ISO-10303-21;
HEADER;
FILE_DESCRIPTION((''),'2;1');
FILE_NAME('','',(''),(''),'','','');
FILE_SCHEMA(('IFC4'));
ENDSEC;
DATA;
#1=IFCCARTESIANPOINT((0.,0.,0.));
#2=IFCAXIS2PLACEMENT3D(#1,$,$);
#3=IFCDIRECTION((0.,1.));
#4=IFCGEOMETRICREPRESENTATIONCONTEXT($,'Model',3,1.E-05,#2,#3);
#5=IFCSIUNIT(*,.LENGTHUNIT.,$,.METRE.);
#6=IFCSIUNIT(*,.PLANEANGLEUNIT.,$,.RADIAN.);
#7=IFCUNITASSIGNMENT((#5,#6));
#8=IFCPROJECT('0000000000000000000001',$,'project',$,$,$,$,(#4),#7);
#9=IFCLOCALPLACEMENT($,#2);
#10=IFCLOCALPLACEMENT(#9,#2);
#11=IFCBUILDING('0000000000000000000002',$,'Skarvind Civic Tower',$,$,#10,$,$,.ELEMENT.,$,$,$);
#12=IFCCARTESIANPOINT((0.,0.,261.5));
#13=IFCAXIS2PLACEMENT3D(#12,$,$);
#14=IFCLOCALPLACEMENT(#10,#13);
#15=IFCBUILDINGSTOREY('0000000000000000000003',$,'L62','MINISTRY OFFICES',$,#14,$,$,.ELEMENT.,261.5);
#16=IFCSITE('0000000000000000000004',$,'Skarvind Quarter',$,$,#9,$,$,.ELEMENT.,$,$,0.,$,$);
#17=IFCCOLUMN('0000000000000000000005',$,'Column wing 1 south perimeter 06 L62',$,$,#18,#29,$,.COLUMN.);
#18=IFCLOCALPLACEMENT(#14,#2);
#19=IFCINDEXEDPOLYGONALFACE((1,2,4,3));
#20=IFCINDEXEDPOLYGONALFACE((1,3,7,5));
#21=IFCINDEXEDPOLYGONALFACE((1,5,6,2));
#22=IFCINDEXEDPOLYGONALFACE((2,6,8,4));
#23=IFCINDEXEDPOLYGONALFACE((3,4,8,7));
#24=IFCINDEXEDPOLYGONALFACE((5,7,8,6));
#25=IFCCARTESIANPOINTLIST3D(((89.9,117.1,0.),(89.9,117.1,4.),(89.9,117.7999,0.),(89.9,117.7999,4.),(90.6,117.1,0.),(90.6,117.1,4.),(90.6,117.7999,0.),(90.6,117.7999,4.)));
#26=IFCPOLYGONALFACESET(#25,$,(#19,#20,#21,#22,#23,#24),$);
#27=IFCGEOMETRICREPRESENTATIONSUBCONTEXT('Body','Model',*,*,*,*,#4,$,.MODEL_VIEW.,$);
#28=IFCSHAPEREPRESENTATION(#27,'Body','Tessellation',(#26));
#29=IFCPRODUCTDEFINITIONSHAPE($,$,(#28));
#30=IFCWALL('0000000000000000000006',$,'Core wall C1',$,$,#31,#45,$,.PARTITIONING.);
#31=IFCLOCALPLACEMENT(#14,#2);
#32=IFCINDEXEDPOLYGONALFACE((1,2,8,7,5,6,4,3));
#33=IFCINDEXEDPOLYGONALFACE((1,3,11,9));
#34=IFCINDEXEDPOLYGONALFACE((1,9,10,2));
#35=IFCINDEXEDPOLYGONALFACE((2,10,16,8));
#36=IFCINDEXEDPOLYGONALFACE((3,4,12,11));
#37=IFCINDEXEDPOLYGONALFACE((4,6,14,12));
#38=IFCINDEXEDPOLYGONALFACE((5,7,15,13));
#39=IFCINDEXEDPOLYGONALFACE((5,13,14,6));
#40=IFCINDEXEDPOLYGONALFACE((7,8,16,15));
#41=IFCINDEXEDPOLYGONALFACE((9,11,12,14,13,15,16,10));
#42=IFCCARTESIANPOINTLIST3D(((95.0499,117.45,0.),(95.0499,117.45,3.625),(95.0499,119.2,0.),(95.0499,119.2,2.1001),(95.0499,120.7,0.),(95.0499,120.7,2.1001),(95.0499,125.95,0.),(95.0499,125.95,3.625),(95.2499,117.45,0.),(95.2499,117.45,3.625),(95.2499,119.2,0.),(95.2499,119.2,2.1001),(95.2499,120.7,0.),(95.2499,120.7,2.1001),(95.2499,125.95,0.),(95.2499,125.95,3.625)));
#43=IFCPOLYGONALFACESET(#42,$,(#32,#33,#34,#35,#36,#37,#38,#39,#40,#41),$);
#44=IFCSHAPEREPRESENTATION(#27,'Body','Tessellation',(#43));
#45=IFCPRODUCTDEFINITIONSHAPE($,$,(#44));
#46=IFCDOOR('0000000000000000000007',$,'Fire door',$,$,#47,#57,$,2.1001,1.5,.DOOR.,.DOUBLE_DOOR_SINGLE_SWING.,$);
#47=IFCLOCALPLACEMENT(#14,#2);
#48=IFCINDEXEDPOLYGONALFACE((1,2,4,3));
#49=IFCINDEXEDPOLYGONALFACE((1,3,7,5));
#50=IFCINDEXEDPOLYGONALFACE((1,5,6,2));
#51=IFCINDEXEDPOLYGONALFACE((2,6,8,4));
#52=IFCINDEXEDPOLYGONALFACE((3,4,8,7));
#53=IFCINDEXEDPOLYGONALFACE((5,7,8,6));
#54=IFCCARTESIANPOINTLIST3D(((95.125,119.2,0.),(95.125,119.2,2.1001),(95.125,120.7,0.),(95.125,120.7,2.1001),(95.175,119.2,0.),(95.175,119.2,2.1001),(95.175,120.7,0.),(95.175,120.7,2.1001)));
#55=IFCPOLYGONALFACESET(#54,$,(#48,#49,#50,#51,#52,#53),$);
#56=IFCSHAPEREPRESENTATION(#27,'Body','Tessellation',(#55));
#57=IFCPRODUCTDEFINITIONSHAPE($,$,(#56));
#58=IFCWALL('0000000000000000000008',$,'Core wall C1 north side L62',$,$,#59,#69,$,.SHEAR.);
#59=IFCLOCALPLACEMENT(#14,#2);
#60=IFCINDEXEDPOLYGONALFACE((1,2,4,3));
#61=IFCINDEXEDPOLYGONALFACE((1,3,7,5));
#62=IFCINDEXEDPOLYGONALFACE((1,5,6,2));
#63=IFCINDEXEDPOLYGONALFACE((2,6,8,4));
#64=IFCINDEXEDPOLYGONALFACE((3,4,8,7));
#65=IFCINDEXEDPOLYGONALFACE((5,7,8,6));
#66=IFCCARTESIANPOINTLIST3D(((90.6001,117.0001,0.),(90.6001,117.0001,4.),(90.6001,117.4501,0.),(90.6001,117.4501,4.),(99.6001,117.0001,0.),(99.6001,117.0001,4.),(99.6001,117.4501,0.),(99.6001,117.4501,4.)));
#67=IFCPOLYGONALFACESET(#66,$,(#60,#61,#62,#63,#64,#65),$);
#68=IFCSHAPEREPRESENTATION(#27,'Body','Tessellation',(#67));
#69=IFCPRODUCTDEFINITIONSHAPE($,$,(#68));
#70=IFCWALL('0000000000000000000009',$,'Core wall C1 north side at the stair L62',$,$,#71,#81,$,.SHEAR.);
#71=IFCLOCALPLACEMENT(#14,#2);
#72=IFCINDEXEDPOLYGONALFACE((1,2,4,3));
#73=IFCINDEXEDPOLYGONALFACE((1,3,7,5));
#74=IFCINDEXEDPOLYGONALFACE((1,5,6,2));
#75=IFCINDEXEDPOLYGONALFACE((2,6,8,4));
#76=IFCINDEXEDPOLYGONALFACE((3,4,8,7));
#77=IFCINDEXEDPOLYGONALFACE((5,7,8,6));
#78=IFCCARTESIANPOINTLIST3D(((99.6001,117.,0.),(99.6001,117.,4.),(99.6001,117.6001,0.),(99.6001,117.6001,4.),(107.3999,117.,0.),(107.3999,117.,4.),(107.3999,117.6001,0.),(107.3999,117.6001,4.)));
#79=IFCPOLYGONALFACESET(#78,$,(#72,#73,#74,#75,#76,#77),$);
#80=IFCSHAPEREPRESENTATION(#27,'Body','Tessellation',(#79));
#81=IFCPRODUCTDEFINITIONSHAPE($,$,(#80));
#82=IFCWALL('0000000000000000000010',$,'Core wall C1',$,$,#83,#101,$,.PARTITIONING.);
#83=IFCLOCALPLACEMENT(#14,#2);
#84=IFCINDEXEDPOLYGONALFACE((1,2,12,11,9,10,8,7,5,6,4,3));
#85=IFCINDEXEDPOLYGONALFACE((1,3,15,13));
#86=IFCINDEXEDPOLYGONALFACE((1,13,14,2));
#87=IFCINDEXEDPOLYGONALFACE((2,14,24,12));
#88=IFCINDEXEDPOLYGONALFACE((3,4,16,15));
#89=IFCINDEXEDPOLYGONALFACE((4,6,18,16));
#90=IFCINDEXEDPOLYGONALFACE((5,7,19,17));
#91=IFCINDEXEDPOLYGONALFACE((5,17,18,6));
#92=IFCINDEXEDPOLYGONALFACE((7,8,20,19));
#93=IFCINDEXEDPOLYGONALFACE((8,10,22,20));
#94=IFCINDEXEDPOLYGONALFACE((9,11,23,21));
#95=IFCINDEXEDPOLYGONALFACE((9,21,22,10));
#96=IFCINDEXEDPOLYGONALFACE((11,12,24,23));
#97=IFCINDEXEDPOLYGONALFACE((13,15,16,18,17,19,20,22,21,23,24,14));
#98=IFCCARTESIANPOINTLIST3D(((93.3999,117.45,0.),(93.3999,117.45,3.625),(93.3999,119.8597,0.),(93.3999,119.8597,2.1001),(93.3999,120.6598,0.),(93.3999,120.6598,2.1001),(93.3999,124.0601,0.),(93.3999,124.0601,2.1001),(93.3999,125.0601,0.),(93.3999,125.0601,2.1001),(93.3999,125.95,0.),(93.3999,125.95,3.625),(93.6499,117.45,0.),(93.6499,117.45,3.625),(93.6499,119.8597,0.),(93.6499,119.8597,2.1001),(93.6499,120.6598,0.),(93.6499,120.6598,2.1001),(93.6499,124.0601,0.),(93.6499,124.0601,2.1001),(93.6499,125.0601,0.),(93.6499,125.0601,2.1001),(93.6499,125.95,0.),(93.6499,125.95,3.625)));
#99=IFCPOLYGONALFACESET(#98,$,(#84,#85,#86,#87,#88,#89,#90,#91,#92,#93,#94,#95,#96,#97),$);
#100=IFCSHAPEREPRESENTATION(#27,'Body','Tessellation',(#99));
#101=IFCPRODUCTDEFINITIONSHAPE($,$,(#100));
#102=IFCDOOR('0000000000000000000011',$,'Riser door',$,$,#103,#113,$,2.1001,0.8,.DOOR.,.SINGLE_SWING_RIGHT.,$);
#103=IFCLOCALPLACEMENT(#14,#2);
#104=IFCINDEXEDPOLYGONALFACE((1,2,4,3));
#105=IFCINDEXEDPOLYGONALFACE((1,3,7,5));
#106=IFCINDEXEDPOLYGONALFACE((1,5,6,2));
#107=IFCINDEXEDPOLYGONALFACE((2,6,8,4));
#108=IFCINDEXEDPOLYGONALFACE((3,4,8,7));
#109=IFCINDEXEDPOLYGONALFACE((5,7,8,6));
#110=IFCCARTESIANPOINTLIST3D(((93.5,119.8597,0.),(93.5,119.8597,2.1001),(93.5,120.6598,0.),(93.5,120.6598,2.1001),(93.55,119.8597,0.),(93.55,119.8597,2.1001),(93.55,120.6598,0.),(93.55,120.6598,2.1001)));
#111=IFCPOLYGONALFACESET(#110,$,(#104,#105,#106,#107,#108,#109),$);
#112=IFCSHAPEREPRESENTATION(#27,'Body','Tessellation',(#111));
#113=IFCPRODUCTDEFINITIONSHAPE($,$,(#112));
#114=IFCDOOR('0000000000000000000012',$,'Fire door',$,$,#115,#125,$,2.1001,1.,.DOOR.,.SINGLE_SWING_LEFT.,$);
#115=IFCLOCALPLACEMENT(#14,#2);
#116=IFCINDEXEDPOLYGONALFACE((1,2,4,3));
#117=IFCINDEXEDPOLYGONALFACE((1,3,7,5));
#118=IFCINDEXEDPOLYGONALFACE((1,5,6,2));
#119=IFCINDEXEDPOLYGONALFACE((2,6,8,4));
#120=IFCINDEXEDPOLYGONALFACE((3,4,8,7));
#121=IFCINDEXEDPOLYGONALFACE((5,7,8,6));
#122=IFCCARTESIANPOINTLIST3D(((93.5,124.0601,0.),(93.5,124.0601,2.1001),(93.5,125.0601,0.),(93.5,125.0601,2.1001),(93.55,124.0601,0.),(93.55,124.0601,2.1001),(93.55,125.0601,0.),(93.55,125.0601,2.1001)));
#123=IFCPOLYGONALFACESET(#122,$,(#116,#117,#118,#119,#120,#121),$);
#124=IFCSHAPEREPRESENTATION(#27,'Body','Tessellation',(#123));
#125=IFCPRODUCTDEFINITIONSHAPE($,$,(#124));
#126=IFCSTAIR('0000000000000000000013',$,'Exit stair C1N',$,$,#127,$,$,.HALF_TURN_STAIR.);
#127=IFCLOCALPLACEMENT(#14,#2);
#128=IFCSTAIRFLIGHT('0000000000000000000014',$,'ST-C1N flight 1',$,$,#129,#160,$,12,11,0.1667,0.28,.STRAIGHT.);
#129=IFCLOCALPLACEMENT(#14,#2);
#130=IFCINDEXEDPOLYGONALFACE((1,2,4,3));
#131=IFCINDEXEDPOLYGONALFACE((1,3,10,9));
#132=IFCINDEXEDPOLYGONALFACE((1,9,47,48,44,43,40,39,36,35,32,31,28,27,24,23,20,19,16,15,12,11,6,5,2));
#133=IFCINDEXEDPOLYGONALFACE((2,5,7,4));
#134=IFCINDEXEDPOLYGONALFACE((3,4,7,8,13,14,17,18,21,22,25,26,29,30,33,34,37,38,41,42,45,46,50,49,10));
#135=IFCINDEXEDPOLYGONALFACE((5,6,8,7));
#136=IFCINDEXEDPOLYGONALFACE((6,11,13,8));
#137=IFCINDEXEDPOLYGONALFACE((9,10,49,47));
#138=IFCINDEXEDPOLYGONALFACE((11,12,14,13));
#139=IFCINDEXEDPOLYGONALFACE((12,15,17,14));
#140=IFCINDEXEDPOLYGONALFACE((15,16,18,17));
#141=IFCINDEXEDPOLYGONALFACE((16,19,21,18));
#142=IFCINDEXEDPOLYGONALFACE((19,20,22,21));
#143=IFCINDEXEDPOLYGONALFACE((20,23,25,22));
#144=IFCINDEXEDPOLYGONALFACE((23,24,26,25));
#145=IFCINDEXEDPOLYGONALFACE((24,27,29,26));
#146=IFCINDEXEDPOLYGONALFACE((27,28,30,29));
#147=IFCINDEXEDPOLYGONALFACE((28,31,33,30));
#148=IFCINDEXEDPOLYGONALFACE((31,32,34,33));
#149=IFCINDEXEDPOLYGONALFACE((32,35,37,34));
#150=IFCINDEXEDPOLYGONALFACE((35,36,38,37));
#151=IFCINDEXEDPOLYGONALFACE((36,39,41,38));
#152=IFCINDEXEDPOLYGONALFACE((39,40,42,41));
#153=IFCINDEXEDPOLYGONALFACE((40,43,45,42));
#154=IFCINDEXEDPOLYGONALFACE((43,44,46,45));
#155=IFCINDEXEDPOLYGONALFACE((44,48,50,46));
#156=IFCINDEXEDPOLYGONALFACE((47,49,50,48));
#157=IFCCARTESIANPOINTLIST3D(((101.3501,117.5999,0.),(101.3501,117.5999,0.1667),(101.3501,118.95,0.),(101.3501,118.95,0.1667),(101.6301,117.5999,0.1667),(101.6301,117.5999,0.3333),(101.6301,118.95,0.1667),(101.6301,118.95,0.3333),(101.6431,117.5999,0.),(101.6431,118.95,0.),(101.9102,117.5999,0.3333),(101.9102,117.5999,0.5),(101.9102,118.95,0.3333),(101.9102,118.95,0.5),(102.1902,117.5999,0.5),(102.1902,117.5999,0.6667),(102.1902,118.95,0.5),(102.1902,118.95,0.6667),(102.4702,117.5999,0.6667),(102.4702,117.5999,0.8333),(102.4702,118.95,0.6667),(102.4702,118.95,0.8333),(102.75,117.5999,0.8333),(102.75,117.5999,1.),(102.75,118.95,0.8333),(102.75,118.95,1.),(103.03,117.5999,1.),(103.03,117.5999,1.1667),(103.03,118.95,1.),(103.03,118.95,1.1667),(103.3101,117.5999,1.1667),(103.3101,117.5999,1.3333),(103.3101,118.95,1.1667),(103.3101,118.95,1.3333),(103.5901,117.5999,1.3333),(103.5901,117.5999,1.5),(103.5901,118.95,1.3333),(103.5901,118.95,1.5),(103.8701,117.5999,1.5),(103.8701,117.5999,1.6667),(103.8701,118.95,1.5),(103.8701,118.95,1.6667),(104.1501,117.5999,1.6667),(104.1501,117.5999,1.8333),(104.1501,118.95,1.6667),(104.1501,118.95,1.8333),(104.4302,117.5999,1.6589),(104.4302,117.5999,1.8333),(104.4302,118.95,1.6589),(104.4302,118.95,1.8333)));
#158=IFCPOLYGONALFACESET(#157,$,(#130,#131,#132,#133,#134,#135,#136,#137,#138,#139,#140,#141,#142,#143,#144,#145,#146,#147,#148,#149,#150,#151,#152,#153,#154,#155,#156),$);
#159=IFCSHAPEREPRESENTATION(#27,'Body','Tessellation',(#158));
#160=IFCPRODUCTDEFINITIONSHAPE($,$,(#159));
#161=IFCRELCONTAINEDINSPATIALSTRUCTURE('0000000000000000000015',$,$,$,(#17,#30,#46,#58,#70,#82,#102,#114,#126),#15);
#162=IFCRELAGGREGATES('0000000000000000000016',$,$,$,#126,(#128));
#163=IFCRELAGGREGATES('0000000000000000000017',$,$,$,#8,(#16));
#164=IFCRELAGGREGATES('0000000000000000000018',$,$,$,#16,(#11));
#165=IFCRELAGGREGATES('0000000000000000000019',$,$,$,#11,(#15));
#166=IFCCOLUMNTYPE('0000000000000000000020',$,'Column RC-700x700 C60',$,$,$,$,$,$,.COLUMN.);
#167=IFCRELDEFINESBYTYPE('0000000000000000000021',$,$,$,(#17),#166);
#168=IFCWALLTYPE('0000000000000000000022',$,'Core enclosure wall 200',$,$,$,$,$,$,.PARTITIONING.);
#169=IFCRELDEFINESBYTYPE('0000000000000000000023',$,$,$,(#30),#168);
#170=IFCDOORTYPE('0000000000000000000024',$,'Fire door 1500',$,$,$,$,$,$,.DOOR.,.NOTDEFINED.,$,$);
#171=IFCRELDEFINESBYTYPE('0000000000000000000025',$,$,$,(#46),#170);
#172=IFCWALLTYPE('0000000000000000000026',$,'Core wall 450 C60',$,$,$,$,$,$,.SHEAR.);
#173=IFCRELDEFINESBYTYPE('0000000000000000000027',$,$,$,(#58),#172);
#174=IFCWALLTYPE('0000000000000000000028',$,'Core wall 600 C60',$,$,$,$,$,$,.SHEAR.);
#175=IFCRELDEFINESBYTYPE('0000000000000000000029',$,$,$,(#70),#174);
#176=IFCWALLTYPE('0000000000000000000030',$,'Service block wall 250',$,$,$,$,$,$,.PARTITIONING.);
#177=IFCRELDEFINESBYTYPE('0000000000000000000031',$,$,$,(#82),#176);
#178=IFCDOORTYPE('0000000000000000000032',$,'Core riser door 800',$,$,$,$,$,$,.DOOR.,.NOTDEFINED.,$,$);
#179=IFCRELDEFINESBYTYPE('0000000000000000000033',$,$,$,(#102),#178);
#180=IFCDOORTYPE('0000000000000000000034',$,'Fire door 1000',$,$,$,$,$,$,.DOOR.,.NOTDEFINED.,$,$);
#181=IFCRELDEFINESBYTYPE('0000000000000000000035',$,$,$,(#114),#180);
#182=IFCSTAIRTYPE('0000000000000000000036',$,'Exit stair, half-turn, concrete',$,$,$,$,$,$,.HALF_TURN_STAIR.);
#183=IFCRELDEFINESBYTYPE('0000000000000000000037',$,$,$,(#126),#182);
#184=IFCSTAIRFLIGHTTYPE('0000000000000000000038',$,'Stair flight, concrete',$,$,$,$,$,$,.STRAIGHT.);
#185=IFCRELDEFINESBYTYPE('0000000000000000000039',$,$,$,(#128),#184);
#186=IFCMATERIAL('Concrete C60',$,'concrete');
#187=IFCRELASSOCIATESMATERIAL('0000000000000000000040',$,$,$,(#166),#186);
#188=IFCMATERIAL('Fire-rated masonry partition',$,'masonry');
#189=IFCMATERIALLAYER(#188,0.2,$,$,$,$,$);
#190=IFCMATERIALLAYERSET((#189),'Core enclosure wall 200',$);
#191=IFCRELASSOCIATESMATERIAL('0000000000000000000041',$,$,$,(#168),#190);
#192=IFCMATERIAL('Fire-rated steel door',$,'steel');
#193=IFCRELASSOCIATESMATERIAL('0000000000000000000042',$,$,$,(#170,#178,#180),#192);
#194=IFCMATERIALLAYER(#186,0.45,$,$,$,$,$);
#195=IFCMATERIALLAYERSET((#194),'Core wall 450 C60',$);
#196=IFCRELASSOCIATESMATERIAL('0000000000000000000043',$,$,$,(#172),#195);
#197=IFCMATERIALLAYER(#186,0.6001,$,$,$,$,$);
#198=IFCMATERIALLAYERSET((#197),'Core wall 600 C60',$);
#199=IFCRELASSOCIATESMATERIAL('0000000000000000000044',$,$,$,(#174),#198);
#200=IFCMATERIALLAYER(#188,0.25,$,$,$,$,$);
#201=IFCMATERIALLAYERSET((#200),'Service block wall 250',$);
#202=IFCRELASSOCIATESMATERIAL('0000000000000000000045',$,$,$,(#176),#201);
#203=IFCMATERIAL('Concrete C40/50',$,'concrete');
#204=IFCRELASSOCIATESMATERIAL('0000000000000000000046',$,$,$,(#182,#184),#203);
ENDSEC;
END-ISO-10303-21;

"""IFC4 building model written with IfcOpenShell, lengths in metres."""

from ifc_helpers import new_model, si_unit, direction, frame, frame_2d, origin, origin_2d, place, context, subcontext, project, spatial, polyline, rectangle, outline, extrude, material, layer, layer_set, material_profile, profile_set, type_object, element, fill, aggregate, save


model = new_model("IFC4")

# Units and contexts
model_context = context("Model", 3, precision=1e-05, world=origin(), true_north=direction((0.0, 1.0)))
body_context = subcontext(model_context, "Body", "Model", "MODEL_VIEW")
ifc_project = project(units=[si_unit("LENGTHUNIT", "METRE"), si_unit("PLANEANGLEUNIT", "RADIAN")], contexts=[model_context])

# Site, building, storey
site_placement = place(None, origin())
site = spatial("IfcSite", under=ifc_project, at=site_placement, Name="Skarvind Quarter", CompositionType="ELEMENT", RefElevation=0.0)
building_placement = place(site_placement, origin())
building = spatial("IfcBuilding", under=site, at=building_placement, Name="Skarvind Civic Tower", CompositionType="ELEMENT")
storey_placement = place(building_placement, frame((0.0, 0.0, 261.5)))
storey = spatial("IfcBuildingStorey", under=building, at=storey_placement, Name="L62", Description="MINISTRY OFFICES", CompositionType="ELEMENT", Elevation=261.5)

# Column
ifc_material_1 = material(Name="Concrete C60", Category="concrete")
ifc_material_profile = material_profile(ifc_material_1, rectangle(XDim=0.7, YDim=0.7, at=origin_2d()), Name="RC-700x700")
ifc_profile_set = profile_set([ifc_material_profile], Name="Concrete C60")
column_type = type_object("IfcColumnType", Name="Column RC-700x700 C60", PredefinedType="COLUMN", material=ifc_profile_set)
column_placement = place(storey_placement, frame((90.25, 117.45, 0.0), z_axis=(0.0, 0.0, 1.0), x_axis=(1.0, 0.0, 0.0)))
element("IfcColumn", 1, at=column_placement, inside=storey, type_object=column_type, Name="Column wing 1 south perimeter 06 L62", PredefinedType="COLUMN", context=body_context, shape_type="SweptSolid", body=[
    extrude(rectangle(XDim=0.7, YDim=0.7, at=origin_2d()), origin(), (0.0, 0.0, 1.0), 4.0),
])

# Wall, opening, door
ifc_material_2 = material(Name="Fire-rated masonry partition", Category="masonry")
ifc_layer_1 = layer(ifc_material_2, 0.2)
ifc_layer_set_1 = layer_set([ifc_layer_1], Name="Core enclosure wall 200")
wall_type_1 = type_object("IfcWallType", Name="Core enclosure wall 200", PredefinedType="PARTITIONING", material=ifc_layer_set_1)
wall_1_placement = place(storey_placement, frame((95.1499, 117.45, 0.0), z_axis=(0.0, 0.0, 1.0), x_axis=(0.0, 1.0, 0.0)))
wall_1 = element("IfcWall", 2, at=wall_1_placement, inside=storey, type_object=wall_type_1, Name="Core wall C1", PredefinedType="PARTITIONING", context=body_context, shape_type="SweptSolid", body=[
    extrude(rectangle(XDim=8.5, YDim=0.2, at=frame_2d((4.25, 0.0))), origin(), (0.0, 0.0, 1.0), 3.625),
])
opening_1_placement = place(wall_1_placement, frame((1.75, 0.0, 0.0)))
opening_1 = element("IfcOpeningElement", 3, at=opening_1_placement, cuts=wall_1, PredefinedType="OPENING", context=body_context, shape_type="SweptSolid", body=[
    extrude(rectangle(XDim=1.5, YDim=2.1001, at=frame_2d((0.75, 1.05))), frame((0.0, 0.1099, 0.0), z_axis=(0.0, -1.0, 0.0), x_axis=(1.0, 0.0, 0.0)), (0.0, 0.0, 1.0), 0.22),
])
ifc_material_3 = material(Name="Fire-rated steel door", Category="steel")
door_type_1 = type_object("IfcDoorType", Name="Fire door 1500", OperationType="NOTDEFINED", PredefinedType="DOOR", material=ifc_material_3)
door_1_placement = place(opening_1_placement, origin())
door_1 = element("IfcDoor", 4, at=door_1_placement, inside=storey, type_object=door_type_1, Name="Fire door", OperationType="DOUBLE_DOOR_SINGLE_SWING", OverallHeight=2.1001, OverallWidth=1.5, PredefinedType="DOOR", context=body_context, shape_type="SweptSolid", body=[
    extrude(rectangle(XDim=1.5, YDim=2.1001, at=frame_2d((0.75, 1.05))), frame((0.0, 0.0249, 0.0), z_axis=(0.0, -1.0, 0.0), x_axis=(1.0, 0.0, 0.0)), (0.0, 0.0, 1.0), 0.05),
])
fill(opening_1, door_1)

# Walls
ifc_layer_2 = layer(ifc_material_1, 0.45)
ifc_layer_set_2 = layer_set([ifc_layer_2], Name="Core wall 450 C60")
wall_type_2 = type_object("IfcWallType", Name="Core wall 450 C60", PredefinedType="SHEAR", material=ifc_layer_set_2)
wall_2_placement = place(storey_placement, frame((99.6001, 117.2251, 0.0), z_axis=(0.0, 0.0, 1.0), x_axis=(-1.0, 0.0, 0.0)))
element("IfcWall", 5, at=wall_2_placement, inside=storey, type_object=wall_type_2, Name="Core wall C1 north side L62", PredefinedType="SHEAR", context=body_context, shape_type="SweptSolid", body=[
    extrude(rectangle(XDim=9.0, YDim=0.45, at=frame_2d((4.5, 0.0))), origin(), (0.0, 0.0, 1.0), 4.0),
])
ifc_layer_3 = layer(ifc_material_1, 0.6001)
ifc_layer_set_3 = layer_set([ifc_layer_3], Name="Core wall 600 C60")
wall_type_3 = type_object("IfcWallType", Name="Core wall 600 C60", PredefinedType="SHEAR", material=ifc_layer_set_3)
wall_3_placement = place(storey_placement, frame((107.3999, 117.3, 0.0), z_axis=(0.0, 0.0, 1.0), x_axis=(-1.0, 0.0, 0.0)))
element("IfcWall", 6, at=wall_3_placement, inside=storey, type_object=wall_type_3, Name="Core wall C1 north side at the stair L62", PredefinedType="SHEAR", context=body_context, shape_type="SweptSolid", body=[
    extrude(rectangle(XDim=7.7998, YDim=0.6001, at=frame_2d((3.8999, 0.0))), origin(), (0.0, 0.0, 1.0), 4.0),
])

# Wall, openings, doors
ifc_layer_4 = layer(ifc_material_2, 0.25)
ifc_layer_set_4 = layer_set([ifc_layer_4], Name="Service block wall 250")
wall_type_4 = type_object("IfcWallType", Name="Service block wall 250", PredefinedType="PARTITIONING", material=ifc_layer_set_4)
wall_4_placement = place(storey_placement, frame((93.5249, 117.45, 0.0), z_axis=(0.0, 0.0, 1.0), x_axis=(0.0, 1.0, 0.0)))
wall_4 = element("IfcWall", 7, at=wall_4_placement, inside=storey, type_object=wall_type_4, Name="Core wall C1", PredefinedType="PARTITIONING", context=body_context, shape_type="SweptSolid", body=[
    extrude(rectangle(XDim=8.5, YDim=0.25, at=frame_2d((4.25, 0.0))), origin(), (0.0, 0.0, 1.0), 3.625),
])
opening_2_placement = place(wall_4_placement, frame((6.6101, 0.0, 0.0)))
opening_2 = element("IfcOpeningElement", 8, at=opening_2_placement, cuts=wall_4, PredefinedType="OPENING", context=body_context, shape_type="SweptSolid", body=[
    extrude(rectangle(XDim=1.0, YDim=2.1001, at=frame_2d((0.5, 1.05))), frame((0.0, 0.135, 0.0), z_axis=(0.0, -1.0, 0.0), x_axis=(1.0, 0.0, 0.0)), (0.0, 0.0, 1.0), 0.27),
])
opening_3_placement = place(wall_4_placement, frame((2.4099, 0.0, 0.0)))
opening_3 = element("IfcOpeningElement", 9, at=opening_3_placement, cuts=wall_4, PredefinedType="OPENING", context=body_context, shape_type="SweptSolid", body=[
    extrude(rectangle(XDim=0.8, YDim=2.1001, at=frame_2d((0.3999, 1.05))), frame((0.0, 0.135, 0.0), z_axis=(0.0, -1.0, 0.0), x_axis=(1.0, 0.0, 0.0)), (0.0, 0.0, 1.0), 0.27),
])
door_type_2 = type_object("IfcDoorType", Name="Core riser door 800", OperationType="NOTDEFINED", PredefinedType="DOOR", material=ifc_material_3)
door_2_placement = place(opening_3_placement, origin())
door_2 = element("IfcDoor", 10, at=door_2_placement, inside=storey, type_object=door_type_2, Name="Riser door", OperationType="SINGLE_SWING_RIGHT", OverallHeight=2.1001, OverallWidth=0.8, PredefinedType="DOOR", context=body_context, shape_type="SweptSolid", body=[
    extrude(rectangle(XDim=0.8, YDim=2.1001, at=frame_2d((0.3999, 1.05))), frame((0.0, 0.0249, 0.0), z_axis=(0.0, -1.0, 0.0), x_axis=(1.0, 0.0, 0.0)), (0.0, 0.0, 1.0), 0.05),
])
fill(opening_3, door_2)
door_type_3 = type_object("IfcDoorType", Name="Fire door 1000", OperationType="NOTDEFINED", PredefinedType="DOOR", material=ifc_material_3)
door_3_placement = place(opening_2_placement, origin())
door_3 = element("IfcDoor", 11, at=door_3_placement, inside=storey, type_object=door_type_3, Name="Fire door", OperationType="SINGLE_SWING_LEFT", OverallHeight=2.1001, OverallWidth=1.0, PredefinedType="DOOR", context=body_context, shape_type="SweptSolid", body=[
    extrude(rectangle(XDim=1.0, YDim=2.1001, at=frame_2d((0.5, 1.05))), frame((0.0, 0.0249, 0.0), z_axis=(0.0, -1.0, 0.0), x_axis=(1.0, 0.0, 0.0)), (0.0, 0.0, 1.0), 0.05),
])
fill(opening_2, door_3)

# Stair, stair flight
ifc_material_4 = material(Name="Concrete C40/50", Category="concrete")
stair_type = type_object("IfcStairType", Name="Exit stair, half-turn, concrete", PredefinedType="HALF_TURN_STAIR", material=ifc_material_4)
stair_placement = place(storey_placement, origin())
stair = element("IfcStair", 12, at=stair_placement, inside=storey, type_object=stair_type, Name="Exit stair C1N", PredefinedType="HALF_TURN_STAIR")
stair_flight_type = type_object("IfcStairFlightType", Name="Stair flight, concrete", PredefinedType="STRAIGHT", material=ifc_material_4)
stair_flight_placement = place(storey_placement, frame((101.3501, 118.2749, 0.0), z_axis=(0.0, 0.0, 1.0), x_axis=(1.0, 0.0, 0.0)))
stair_flight = element("IfcStairFlight", 13, at=stair_flight_placement, type_object=stair_flight_type, Name="ST-C1N flight 1", NumberOfRisers=12, NumberOfTreads=11, PredefinedType="STRAIGHT", RiserHeight=0.1667, TreadLength=0.28, context=body_context, shape_type="SweptSolid", body=[
    extrude(outline(polyline([(0.0, 0.0), (0.0, 0.1667), (0.28, 0.1667), (0.28, 0.3333), (0.5601, 0.3333), (0.5601, 0.5), (0.8401, 0.5), (0.8401, 0.6667), (1.1201, 0.6667), (1.1201, 0.8333), (1.3999, 0.8333), (1.3999, 1.0), (1.6799, 1.0), (1.6799, 1.1667), (1.96, 1.1667), (1.96, 1.3333), (2.24, 1.3333), (2.24, 1.5), (2.52, 1.5), (2.52, 1.6667), (2.8, 1.6667), (2.8, 1.8333), (3.0801, 1.8333), (3.0801, 2.0), (3.0801, 1.6589), (0.293, 0.0), (0.0, 0.0)])), frame((0.0, 0.675, 0.0), z_axis=(0.0, -1.0, 0.0), x_axis=(1.0, 0.0, 0.0)), (0.0, 0.0, 1.0), 1.3501),
])
aggregate(stair, [stair_flight])

save(model, "model.ifc")
